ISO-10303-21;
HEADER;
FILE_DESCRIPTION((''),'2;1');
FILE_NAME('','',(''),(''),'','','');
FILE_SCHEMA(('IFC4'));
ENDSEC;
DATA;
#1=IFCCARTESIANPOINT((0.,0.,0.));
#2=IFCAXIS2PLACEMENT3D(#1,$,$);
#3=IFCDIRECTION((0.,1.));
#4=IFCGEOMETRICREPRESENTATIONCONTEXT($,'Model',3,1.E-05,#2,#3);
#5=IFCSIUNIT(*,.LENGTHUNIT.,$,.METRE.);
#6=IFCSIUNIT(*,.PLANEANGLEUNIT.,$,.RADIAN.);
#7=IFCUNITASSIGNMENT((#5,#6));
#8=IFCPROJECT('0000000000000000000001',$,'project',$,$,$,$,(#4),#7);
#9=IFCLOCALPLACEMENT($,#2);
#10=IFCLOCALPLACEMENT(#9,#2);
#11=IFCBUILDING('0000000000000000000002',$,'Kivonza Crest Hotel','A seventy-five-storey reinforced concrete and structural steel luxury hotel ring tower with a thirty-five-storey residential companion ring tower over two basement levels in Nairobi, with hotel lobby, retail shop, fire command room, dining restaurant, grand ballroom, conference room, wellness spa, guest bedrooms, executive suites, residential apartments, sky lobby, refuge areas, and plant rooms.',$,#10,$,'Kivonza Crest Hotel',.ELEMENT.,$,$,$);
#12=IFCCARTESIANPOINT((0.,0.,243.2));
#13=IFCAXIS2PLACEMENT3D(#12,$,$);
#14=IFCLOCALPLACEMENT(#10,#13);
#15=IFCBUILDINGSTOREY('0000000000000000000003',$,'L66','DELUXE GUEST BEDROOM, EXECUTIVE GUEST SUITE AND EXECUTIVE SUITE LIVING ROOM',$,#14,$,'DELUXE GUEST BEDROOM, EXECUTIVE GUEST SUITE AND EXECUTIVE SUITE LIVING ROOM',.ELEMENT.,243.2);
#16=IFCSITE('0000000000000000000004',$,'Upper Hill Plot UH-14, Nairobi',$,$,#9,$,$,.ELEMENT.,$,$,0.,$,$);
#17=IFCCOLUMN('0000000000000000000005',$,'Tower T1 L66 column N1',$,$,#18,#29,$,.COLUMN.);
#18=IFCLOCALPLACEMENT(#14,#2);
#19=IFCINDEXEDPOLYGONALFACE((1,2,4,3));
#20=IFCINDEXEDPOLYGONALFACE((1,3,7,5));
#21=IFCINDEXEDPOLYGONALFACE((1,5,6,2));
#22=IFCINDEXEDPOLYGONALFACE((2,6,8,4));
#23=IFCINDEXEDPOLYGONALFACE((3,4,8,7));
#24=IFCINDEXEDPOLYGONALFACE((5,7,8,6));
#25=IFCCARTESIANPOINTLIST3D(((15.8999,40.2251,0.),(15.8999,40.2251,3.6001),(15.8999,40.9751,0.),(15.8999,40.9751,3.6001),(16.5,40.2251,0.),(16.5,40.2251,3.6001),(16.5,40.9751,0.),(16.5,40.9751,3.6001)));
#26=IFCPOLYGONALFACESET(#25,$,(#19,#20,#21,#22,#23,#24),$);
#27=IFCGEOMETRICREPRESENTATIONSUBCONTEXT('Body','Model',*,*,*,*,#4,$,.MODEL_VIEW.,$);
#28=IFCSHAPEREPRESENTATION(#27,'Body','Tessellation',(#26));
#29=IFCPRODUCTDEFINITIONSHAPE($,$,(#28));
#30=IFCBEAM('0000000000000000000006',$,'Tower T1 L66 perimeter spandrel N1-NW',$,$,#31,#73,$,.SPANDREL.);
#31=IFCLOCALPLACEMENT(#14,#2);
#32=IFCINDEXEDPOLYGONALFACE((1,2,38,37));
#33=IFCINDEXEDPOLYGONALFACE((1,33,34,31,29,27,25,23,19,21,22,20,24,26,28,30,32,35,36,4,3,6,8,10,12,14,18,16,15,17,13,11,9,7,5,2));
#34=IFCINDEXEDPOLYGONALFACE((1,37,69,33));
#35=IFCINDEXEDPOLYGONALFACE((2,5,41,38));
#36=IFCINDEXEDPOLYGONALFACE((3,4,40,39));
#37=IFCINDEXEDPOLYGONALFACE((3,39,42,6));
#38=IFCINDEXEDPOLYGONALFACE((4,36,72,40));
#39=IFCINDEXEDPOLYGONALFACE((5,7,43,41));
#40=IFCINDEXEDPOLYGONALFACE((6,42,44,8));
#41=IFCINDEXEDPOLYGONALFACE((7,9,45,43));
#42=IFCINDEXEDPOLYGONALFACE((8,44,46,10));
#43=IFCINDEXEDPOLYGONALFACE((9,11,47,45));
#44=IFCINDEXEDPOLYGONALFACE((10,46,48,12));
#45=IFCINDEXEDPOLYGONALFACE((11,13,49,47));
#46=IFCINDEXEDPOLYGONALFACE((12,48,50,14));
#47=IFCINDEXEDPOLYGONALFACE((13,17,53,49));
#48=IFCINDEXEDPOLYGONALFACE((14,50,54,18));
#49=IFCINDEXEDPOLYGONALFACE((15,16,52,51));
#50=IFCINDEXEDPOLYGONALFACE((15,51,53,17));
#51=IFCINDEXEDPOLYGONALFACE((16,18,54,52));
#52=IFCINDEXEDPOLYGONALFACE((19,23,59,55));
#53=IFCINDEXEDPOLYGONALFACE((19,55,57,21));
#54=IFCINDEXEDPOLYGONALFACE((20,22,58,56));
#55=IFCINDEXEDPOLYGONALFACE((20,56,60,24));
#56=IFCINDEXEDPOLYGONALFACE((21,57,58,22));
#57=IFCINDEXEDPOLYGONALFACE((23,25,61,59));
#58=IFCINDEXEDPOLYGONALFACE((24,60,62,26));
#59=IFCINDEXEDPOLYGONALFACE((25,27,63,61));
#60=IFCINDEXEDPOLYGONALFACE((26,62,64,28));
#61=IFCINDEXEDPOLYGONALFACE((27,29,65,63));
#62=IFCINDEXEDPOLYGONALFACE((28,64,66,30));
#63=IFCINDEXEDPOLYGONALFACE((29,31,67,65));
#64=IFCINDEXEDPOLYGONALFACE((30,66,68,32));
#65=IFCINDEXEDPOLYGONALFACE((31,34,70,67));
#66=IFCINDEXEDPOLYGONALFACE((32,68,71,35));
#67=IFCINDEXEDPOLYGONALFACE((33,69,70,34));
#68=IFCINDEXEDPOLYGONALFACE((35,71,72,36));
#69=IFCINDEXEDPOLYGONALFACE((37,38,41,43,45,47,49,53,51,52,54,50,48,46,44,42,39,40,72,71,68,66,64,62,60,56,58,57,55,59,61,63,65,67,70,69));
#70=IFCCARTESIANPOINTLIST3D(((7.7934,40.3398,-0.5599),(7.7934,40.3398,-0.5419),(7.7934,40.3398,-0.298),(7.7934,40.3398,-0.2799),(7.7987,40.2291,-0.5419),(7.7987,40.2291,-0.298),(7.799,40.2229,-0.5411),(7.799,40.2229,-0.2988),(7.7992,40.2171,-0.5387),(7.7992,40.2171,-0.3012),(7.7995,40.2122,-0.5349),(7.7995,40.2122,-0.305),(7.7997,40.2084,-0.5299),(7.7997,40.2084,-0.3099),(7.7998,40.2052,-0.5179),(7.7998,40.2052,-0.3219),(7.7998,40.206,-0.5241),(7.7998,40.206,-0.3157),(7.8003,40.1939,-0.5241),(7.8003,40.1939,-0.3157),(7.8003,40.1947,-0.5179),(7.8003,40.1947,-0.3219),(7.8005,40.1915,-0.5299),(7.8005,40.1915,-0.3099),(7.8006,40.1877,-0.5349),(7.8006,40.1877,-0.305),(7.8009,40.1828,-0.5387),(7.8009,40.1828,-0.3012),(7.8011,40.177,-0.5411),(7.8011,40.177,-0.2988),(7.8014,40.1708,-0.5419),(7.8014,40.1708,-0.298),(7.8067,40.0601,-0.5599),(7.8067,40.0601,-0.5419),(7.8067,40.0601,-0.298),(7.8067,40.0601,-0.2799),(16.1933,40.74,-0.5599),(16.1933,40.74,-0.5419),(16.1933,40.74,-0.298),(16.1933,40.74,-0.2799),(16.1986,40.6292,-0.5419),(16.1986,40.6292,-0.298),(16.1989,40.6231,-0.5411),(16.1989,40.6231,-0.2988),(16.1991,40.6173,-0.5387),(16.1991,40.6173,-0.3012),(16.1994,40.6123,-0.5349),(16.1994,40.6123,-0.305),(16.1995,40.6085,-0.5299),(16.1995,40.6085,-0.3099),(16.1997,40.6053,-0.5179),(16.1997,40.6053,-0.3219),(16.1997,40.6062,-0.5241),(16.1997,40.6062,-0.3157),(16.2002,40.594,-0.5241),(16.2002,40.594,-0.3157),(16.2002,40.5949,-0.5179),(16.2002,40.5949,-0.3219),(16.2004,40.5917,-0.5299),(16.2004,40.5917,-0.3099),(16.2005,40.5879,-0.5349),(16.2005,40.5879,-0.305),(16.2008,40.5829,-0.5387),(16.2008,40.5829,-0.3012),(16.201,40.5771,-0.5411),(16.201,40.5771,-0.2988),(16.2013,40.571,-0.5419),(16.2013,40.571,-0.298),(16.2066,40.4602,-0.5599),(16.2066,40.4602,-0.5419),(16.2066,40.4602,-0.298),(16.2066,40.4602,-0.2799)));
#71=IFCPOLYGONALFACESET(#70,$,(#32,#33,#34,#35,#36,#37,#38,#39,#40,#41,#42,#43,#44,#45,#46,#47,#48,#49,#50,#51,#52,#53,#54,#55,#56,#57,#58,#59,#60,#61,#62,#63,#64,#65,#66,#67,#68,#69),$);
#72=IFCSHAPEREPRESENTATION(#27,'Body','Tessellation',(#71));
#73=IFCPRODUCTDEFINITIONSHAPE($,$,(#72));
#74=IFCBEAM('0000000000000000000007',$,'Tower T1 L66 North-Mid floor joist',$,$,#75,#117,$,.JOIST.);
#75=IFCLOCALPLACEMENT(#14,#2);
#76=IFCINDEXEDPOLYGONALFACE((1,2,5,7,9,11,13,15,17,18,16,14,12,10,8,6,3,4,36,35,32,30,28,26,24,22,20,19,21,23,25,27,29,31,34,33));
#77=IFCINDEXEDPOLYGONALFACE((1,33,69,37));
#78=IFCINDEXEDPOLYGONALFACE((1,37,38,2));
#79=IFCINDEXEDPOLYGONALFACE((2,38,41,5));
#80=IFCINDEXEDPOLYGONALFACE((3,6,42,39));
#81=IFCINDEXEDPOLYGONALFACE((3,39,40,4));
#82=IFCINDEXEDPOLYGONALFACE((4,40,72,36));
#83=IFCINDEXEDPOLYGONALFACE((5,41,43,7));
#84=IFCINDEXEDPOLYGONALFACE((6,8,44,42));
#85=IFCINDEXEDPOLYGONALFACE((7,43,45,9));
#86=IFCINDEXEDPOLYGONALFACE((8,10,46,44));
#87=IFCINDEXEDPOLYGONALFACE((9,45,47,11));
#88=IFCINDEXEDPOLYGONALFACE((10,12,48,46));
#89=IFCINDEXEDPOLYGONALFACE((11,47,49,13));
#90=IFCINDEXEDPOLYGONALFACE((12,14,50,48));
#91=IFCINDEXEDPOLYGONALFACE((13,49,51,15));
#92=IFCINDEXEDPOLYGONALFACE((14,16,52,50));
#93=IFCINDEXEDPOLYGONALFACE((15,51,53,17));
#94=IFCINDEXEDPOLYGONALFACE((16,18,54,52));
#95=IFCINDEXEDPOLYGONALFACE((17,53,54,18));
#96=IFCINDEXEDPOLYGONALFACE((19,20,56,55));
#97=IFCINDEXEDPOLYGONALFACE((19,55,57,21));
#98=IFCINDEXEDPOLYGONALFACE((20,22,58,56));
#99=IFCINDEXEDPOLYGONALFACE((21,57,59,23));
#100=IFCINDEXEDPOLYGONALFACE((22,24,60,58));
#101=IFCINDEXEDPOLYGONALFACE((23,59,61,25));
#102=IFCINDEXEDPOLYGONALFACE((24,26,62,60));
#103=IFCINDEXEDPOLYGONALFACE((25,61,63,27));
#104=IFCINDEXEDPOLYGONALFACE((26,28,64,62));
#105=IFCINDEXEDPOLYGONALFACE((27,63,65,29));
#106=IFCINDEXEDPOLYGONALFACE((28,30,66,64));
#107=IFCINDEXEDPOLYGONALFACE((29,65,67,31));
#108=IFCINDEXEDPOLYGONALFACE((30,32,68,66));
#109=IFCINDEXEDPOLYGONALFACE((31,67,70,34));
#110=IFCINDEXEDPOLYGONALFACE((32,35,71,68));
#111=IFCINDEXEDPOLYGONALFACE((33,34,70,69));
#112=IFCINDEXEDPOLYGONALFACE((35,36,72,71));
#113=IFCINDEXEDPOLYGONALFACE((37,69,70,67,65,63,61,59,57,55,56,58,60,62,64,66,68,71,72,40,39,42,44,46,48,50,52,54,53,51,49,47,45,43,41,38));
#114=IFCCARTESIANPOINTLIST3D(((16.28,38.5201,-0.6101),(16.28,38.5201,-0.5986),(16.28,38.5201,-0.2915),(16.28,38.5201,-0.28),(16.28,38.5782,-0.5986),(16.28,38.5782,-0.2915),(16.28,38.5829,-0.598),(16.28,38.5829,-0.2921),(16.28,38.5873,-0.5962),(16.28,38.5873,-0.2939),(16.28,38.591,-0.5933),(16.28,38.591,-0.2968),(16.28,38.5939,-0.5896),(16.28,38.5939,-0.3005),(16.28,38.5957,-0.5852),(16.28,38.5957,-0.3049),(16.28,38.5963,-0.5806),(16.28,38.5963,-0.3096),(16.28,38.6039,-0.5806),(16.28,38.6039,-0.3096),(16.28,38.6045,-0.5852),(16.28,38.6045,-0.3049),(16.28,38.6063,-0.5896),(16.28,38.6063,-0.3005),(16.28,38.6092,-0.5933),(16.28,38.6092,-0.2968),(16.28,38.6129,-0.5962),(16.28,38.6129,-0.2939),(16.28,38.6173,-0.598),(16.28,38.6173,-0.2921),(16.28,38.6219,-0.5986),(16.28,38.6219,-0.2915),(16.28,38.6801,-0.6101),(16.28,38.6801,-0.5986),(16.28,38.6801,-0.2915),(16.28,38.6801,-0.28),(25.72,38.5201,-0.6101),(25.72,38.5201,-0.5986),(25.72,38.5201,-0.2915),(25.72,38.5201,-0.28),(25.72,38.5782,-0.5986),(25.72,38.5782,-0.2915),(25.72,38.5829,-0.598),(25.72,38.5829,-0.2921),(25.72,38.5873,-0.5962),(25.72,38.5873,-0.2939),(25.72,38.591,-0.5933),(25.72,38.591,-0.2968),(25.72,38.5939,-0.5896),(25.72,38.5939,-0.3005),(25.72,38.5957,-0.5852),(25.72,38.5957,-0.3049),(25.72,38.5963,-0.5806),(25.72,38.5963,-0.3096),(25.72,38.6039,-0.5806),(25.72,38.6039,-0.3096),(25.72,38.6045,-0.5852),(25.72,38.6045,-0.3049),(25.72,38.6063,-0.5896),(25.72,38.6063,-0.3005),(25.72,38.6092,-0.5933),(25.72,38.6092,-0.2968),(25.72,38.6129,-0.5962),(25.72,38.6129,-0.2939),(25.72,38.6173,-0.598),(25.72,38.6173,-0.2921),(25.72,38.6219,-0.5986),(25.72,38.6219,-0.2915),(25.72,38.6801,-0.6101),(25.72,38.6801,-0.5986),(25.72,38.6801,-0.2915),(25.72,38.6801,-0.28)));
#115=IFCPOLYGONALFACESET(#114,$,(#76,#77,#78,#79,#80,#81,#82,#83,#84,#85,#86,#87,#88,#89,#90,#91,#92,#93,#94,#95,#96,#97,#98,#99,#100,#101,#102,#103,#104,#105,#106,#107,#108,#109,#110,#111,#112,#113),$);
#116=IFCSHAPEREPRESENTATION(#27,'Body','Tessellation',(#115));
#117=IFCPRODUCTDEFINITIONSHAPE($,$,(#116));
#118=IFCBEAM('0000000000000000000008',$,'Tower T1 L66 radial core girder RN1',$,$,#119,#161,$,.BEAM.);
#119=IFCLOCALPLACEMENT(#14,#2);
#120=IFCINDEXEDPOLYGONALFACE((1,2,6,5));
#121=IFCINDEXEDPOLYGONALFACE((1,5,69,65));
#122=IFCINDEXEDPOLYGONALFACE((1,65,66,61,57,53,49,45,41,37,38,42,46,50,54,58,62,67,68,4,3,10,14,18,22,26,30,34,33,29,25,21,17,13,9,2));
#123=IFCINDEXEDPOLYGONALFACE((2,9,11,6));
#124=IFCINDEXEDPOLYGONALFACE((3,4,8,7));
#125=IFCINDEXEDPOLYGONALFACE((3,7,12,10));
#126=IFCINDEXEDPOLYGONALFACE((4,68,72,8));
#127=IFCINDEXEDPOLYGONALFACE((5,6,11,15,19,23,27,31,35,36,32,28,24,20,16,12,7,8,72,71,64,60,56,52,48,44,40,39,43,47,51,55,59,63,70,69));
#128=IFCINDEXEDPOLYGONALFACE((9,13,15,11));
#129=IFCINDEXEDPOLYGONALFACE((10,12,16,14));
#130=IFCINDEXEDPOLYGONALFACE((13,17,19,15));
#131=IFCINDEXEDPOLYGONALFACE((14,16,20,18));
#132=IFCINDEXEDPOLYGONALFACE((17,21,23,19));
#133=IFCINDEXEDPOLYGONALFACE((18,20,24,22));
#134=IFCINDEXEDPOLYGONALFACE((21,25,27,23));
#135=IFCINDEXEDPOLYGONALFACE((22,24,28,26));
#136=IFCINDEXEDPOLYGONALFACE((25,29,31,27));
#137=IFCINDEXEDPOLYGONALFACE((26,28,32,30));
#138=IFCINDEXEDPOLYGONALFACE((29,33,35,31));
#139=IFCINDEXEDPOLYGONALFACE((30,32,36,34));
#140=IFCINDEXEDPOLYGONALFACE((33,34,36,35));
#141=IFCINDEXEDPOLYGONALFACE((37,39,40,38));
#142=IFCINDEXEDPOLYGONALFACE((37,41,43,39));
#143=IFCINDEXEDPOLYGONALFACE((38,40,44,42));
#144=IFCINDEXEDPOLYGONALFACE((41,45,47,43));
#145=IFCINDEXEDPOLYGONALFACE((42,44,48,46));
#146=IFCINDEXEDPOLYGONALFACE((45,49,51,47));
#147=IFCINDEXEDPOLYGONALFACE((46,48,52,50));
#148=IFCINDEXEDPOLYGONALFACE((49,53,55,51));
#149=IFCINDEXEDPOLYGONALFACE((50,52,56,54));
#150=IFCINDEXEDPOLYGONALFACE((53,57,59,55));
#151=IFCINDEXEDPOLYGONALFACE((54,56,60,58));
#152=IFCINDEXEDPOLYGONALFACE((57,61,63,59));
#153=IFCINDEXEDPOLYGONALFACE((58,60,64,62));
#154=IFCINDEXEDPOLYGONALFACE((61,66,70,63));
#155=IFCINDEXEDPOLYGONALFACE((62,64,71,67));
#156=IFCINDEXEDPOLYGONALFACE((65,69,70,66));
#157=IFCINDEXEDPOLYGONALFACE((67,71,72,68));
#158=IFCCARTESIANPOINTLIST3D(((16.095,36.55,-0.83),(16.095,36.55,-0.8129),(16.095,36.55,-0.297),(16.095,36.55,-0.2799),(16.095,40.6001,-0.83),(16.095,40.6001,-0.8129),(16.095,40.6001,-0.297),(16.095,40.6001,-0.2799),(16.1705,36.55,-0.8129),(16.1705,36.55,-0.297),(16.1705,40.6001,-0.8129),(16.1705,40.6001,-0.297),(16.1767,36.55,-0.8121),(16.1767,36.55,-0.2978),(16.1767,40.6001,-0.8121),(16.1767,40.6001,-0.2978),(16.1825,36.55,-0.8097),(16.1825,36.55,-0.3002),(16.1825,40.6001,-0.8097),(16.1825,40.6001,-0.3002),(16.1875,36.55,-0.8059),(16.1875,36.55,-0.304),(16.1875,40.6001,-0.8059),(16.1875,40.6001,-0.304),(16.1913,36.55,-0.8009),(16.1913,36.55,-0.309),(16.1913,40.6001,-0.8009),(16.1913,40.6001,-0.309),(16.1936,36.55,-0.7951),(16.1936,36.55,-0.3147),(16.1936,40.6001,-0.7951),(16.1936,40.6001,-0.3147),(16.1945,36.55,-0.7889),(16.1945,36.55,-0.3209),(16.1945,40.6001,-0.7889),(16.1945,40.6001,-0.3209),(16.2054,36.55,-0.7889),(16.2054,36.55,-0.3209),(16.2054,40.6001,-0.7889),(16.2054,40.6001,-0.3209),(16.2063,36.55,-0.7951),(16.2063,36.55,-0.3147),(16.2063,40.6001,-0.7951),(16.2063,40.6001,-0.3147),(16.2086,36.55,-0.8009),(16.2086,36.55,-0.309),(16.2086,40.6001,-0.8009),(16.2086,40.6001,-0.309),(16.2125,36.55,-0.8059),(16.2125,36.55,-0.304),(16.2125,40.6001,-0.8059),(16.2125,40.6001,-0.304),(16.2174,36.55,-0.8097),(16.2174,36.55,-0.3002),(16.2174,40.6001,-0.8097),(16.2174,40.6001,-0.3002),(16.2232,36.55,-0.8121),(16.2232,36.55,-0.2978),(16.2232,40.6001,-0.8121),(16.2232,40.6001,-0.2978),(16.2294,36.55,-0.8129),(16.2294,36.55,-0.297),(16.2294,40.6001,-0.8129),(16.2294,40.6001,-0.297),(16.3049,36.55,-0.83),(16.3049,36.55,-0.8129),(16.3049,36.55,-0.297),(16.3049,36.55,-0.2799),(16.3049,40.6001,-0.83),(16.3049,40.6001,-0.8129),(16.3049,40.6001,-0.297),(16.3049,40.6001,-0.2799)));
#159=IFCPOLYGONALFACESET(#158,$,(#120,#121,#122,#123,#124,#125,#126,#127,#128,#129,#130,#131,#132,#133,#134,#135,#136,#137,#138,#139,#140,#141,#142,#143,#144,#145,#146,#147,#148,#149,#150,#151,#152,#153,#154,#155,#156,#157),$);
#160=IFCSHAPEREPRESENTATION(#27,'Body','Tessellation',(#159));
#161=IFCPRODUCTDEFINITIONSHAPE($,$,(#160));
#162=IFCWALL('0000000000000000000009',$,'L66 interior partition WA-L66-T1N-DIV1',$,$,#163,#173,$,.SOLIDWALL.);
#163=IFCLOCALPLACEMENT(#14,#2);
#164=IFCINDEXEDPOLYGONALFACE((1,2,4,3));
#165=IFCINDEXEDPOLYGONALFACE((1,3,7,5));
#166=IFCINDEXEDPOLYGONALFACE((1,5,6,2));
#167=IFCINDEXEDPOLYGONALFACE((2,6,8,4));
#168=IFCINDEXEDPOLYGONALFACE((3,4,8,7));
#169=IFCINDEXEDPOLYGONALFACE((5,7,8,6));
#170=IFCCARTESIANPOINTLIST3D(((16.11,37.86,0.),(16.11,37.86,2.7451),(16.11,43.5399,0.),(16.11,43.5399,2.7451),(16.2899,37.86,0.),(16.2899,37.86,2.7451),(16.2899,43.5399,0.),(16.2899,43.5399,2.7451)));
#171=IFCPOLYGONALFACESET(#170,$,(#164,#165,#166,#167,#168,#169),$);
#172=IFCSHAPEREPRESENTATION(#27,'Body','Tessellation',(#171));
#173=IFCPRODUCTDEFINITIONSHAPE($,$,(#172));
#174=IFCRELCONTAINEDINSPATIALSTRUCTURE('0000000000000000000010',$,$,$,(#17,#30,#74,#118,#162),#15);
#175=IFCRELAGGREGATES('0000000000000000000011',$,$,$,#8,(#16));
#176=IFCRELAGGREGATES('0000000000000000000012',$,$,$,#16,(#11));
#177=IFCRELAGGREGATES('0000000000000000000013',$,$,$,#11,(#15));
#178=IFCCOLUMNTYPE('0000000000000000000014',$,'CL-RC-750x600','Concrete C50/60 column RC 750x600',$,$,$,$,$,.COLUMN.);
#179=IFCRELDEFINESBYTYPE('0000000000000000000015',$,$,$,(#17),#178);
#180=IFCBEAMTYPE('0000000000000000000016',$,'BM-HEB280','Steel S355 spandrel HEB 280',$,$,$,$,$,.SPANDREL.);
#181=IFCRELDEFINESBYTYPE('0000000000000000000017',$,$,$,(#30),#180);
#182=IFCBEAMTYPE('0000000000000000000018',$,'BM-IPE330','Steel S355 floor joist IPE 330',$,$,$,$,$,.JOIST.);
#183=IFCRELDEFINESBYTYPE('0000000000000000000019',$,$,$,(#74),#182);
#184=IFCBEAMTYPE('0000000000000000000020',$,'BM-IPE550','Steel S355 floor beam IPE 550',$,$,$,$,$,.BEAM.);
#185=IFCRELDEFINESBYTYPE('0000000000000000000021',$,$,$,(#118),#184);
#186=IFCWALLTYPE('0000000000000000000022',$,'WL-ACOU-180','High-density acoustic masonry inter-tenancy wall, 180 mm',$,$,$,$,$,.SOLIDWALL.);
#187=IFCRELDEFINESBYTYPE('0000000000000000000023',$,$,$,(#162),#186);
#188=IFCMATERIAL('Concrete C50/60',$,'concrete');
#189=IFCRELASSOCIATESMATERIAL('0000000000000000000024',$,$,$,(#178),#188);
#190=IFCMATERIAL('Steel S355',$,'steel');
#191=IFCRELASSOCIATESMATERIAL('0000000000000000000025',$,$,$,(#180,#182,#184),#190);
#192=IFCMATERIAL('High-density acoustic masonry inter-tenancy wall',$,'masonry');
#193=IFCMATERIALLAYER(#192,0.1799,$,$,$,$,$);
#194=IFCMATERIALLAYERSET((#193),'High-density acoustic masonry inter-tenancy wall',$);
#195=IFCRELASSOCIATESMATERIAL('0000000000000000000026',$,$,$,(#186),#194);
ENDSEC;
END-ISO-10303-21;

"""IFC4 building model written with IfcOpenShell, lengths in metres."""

from ifc_helpers import new_model, si_unit, direction, frame, frame_2d, origin, origin_2d, place, context, subcontext, project, spatial, rectangle, i_section, extrude, material, layer, layer_set, material_profile, profile_set, type_object, element, save


model = new_model("IFC4")

# Units and contexts
model_context = context("Model", 3, precision=1e-05, world=origin(), true_north=direction((0.0, 1.0)))
body_context = subcontext(model_context, "Body", "Model", "MODEL_VIEW")
ifc_project = project(units=[si_unit("LENGTHUNIT", "METRE"), si_unit("PLANEANGLEUNIT", "RADIAN")], contexts=[model_context])

# Site, building, storey
site_placement = place(None, origin())
site = spatial("IfcSite", under=ifc_project, at=site_placement, Name="Upper Hill Plot UH-14, Nairobi", CompositionType="ELEMENT", RefElevation=0.0)
building_placement = place(site_placement, origin())
building = spatial("IfcBuilding", under=site, at=building_placement, Name="Kivonza Crest Hotel", Description="A seventy-five-storey reinforced concrete and structural steel luxury hotel ring tower with a thirty-five-storey residential companion ring tower over two basement levels in Nairobi, with hotel lobby, retail shop, fire command room, dining restaurant, grand ballroom, conference room, wellness spa, guest bedrooms, executive suites, residential apartments, sky lobby, refuge areas, and plant rooms.", LongName="Kivonza Crest Hotel", CompositionType="ELEMENT")
storey_placement = place(building_placement, frame((0.0, 0.0, 243.2)))
storey = spatial("IfcBuildingStorey", under=building, at=storey_placement, Name="L66", Description="DELUXE GUEST BEDROOM, EXECUTIVE GUEST SUITE AND EXECUTIVE SUITE LIVING ROOM", LongName="DELUXE GUEST BEDROOM, EXECUTIVE GUEST SUITE AND EXECUTIVE SUITE LIVING ROOM", CompositionType="ELEMENT", Elevation=243.2)

# Column
ifc_material_1 = material(Name="Concrete C50/60", Category="concrete")
ifc_material_profile_1 = material_profile(ifc_material_1, rectangle(XDim=0.6001, YDim=0.75, at=origin_2d()), Name="RC 750x600")
ifc_profile_set_1 = profile_set([ifc_material_profile_1], Name="Concrete C50/60")
column_type = type_object("IfcColumnType", Name="CL-RC-750x600", Description="Concrete C50/60 column RC 750x600", PredefinedType="COLUMN", material=ifc_profile_set_1)
column_placement = place(storey_placement, frame((16.2, 40.6001, 0.0), z_axis=(0.0, 0.0, 1.0), x_axis=(1.0, 0.0, 0.0)))
element("IfcColumn", 1, at=column_placement, inside=storey, type_object=column_type, Name="Tower T1 L66 column N1", PredefinedType="COLUMN", context=body_context, shape_type="SweptSolid", body=[
    extrude(rectangle(XDim=0.6001, YDim=0.75, at=origin_2d()), origin(), (0.0, 0.0, 1.0), 3.6001),
])

# Beams
ifc_material_2 = material(Name="Steel S355", Category="steel")
ifc_material_profile_2 = material_profile(ifc_material_2, i_section(OverallWidth=0.28, OverallDepth=0.28, WebThickness=0.0105, FlangeThickness=0.0181, FilletRadius=0.0239, at=origin_2d()), Name="HEB 280")
ifc_profile_set_2 = profile_set([ifc_material_profile_2], Name="Steel S355")
beam_type_1 = type_object("IfcBeamType", Name="BM-HEB280", Description="Steel S355 spandrel HEB 280", PredefinedType="SPANDREL", material=ifc_profile_set_2)
beam_1_placement = place(storey_placement, frame((16.2, 40.6001, -0.4199), z_axis=(-0.998867, -0.047583, 0.0), x_axis=(0.047583, -0.998867, 0.0)))
element("IfcBeam", 2, at=beam_1_placement, inside=storey, type_object=beam_type_1, Name="Tower T1 L66 perimeter spandrel N1-NW", PredefinedType="SPANDREL", context=body_context, shape_type="SweptSolid", body=[
    extrude(i_section(OverallWidth=0.28, OverallDepth=0.28, WebThickness=0.0105, FlangeThickness=0.0181, FilletRadius=0.0239, at=origin_2d()), origin(), (0.0, 0.0, 1.0), 8.4094),
])
ifc_material_profile_3 = material_profile(ifc_material_2, i_section(OverallWidth=0.1599, OverallDepth=0.3301, WebThickness=0.0076, FlangeThickness=0.0115, FilletRadius=0.0181, at=origin_2d()), Name="IPE 330")
ifc_profile_set_3 = profile_set([ifc_material_profile_3], Name="Steel S355")
beam_type_2 = type_object("IfcBeamType", Name="BM-IPE330", Description="Steel S355 floor joist IPE 330", PredefinedType="JOIST", material=ifc_profile_set_3)
beam_2_placement = place(storey_placement, frame((16.28, 38.6001, -0.4451), z_axis=(1.0, 0.0, 0.0), x_axis=(0.0, 1.0, 0.0)))
element("IfcBeam", 3, at=beam_2_placement, inside=storey, type_object=beam_type_2, Name="Tower T1 L66 North-Mid floor joist", PredefinedType="JOIST", context=body_context, shape_type="SweptSolid", body=[
    extrude(i_section(OverallWidth=0.1599, OverallDepth=0.3301, WebThickness=0.0076, FlangeThickness=0.0115, FilletRadius=0.0181, at=origin_2d()), origin(), (0.0, 0.0, 1.0), 9.4399),
])
ifc_material_profile_4 = material_profile(ifc_material_2, i_section(OverallWidth=0.21, OverallDepth=0.55, WebThickness=0.011, FlangeThickness=0.0171, FilletRadius=0.0239, at=origin_2d()), Name="IPE 550")
ifc_profile_set_4 = profile_set([ifc_material_profile_4], Name="Steel S355")
beam_type_3 = type_object("IfcBeamType", Name="BM-IPE550", Description="Steel S355 floor beam IPE 550", PredefinedType="BEAM", material=ifc_profile_set_4)
beam_3_placement = place(storey_placement, frame((16.2, 40.6001, -0.5549), z_axis=(0.0, -1.0, 0.0), x_axis=(1.0, 0.0, 0.0)))
element("IfcBeam", 4, at=beam_3_placement, inside=storey, type_object=beam_type_3, Name="Tower T1 L66 radial core girder RN1", PredefinedType="BEAM", context=body_context, shape_type="SweptSolid", body=[
    extrude(i_section(OverallWidth=0.21, OverallDepth=0.55, WebThickness=0.011, FlangeThickness=0.0171, FilletRadius=0.0239, at=origin_2d()), origin(), (0.0, 0.0, 1.0), 4.05),
])

# Wall
ifc_material_3 = material(Name="High-density acoustic masonry inter-tenancy wall", Category="masonry")
ifc_layer_1 = layer(ifc_material_3, 0.1799)
ifc_layer_set_1 = layer_set([ifc_layer_1], Name="High-density acoustic masonry inter-tenancy wall")
wall_type_1 = type_object("IfcWallType", Name="WL-ACOU-180", Description="High-density acoustic masonry inter-tenancy wall, 180 mm", PredefinedType="SOLIDWALL", material=ifc_layer_set_1)
wall_1_placement = place(storey_placement, frame((16.2, 37.8601, 0.0), z_axis=(0.0, 0.0, 1.0), x_axis=(0.0, 1.0, 0.0)))
element("IfcWall", 5, at=wall_1_placement, inside=storey, type_object=wall_type_1, Name="L66 interior partition WA-L66-T1N-DIV1", PredefinedType="SOLIDWALL", context=body_context, shape_type="SweptSolid", body=[
    extrude(rectangle(XDim=5.6799, YDim=0.1799, at=frame_2d((2.8398, 0.0))), origin(), (0.0, 0.0, 1.0), 2.7451),
])

save(model, "model.ifc")
